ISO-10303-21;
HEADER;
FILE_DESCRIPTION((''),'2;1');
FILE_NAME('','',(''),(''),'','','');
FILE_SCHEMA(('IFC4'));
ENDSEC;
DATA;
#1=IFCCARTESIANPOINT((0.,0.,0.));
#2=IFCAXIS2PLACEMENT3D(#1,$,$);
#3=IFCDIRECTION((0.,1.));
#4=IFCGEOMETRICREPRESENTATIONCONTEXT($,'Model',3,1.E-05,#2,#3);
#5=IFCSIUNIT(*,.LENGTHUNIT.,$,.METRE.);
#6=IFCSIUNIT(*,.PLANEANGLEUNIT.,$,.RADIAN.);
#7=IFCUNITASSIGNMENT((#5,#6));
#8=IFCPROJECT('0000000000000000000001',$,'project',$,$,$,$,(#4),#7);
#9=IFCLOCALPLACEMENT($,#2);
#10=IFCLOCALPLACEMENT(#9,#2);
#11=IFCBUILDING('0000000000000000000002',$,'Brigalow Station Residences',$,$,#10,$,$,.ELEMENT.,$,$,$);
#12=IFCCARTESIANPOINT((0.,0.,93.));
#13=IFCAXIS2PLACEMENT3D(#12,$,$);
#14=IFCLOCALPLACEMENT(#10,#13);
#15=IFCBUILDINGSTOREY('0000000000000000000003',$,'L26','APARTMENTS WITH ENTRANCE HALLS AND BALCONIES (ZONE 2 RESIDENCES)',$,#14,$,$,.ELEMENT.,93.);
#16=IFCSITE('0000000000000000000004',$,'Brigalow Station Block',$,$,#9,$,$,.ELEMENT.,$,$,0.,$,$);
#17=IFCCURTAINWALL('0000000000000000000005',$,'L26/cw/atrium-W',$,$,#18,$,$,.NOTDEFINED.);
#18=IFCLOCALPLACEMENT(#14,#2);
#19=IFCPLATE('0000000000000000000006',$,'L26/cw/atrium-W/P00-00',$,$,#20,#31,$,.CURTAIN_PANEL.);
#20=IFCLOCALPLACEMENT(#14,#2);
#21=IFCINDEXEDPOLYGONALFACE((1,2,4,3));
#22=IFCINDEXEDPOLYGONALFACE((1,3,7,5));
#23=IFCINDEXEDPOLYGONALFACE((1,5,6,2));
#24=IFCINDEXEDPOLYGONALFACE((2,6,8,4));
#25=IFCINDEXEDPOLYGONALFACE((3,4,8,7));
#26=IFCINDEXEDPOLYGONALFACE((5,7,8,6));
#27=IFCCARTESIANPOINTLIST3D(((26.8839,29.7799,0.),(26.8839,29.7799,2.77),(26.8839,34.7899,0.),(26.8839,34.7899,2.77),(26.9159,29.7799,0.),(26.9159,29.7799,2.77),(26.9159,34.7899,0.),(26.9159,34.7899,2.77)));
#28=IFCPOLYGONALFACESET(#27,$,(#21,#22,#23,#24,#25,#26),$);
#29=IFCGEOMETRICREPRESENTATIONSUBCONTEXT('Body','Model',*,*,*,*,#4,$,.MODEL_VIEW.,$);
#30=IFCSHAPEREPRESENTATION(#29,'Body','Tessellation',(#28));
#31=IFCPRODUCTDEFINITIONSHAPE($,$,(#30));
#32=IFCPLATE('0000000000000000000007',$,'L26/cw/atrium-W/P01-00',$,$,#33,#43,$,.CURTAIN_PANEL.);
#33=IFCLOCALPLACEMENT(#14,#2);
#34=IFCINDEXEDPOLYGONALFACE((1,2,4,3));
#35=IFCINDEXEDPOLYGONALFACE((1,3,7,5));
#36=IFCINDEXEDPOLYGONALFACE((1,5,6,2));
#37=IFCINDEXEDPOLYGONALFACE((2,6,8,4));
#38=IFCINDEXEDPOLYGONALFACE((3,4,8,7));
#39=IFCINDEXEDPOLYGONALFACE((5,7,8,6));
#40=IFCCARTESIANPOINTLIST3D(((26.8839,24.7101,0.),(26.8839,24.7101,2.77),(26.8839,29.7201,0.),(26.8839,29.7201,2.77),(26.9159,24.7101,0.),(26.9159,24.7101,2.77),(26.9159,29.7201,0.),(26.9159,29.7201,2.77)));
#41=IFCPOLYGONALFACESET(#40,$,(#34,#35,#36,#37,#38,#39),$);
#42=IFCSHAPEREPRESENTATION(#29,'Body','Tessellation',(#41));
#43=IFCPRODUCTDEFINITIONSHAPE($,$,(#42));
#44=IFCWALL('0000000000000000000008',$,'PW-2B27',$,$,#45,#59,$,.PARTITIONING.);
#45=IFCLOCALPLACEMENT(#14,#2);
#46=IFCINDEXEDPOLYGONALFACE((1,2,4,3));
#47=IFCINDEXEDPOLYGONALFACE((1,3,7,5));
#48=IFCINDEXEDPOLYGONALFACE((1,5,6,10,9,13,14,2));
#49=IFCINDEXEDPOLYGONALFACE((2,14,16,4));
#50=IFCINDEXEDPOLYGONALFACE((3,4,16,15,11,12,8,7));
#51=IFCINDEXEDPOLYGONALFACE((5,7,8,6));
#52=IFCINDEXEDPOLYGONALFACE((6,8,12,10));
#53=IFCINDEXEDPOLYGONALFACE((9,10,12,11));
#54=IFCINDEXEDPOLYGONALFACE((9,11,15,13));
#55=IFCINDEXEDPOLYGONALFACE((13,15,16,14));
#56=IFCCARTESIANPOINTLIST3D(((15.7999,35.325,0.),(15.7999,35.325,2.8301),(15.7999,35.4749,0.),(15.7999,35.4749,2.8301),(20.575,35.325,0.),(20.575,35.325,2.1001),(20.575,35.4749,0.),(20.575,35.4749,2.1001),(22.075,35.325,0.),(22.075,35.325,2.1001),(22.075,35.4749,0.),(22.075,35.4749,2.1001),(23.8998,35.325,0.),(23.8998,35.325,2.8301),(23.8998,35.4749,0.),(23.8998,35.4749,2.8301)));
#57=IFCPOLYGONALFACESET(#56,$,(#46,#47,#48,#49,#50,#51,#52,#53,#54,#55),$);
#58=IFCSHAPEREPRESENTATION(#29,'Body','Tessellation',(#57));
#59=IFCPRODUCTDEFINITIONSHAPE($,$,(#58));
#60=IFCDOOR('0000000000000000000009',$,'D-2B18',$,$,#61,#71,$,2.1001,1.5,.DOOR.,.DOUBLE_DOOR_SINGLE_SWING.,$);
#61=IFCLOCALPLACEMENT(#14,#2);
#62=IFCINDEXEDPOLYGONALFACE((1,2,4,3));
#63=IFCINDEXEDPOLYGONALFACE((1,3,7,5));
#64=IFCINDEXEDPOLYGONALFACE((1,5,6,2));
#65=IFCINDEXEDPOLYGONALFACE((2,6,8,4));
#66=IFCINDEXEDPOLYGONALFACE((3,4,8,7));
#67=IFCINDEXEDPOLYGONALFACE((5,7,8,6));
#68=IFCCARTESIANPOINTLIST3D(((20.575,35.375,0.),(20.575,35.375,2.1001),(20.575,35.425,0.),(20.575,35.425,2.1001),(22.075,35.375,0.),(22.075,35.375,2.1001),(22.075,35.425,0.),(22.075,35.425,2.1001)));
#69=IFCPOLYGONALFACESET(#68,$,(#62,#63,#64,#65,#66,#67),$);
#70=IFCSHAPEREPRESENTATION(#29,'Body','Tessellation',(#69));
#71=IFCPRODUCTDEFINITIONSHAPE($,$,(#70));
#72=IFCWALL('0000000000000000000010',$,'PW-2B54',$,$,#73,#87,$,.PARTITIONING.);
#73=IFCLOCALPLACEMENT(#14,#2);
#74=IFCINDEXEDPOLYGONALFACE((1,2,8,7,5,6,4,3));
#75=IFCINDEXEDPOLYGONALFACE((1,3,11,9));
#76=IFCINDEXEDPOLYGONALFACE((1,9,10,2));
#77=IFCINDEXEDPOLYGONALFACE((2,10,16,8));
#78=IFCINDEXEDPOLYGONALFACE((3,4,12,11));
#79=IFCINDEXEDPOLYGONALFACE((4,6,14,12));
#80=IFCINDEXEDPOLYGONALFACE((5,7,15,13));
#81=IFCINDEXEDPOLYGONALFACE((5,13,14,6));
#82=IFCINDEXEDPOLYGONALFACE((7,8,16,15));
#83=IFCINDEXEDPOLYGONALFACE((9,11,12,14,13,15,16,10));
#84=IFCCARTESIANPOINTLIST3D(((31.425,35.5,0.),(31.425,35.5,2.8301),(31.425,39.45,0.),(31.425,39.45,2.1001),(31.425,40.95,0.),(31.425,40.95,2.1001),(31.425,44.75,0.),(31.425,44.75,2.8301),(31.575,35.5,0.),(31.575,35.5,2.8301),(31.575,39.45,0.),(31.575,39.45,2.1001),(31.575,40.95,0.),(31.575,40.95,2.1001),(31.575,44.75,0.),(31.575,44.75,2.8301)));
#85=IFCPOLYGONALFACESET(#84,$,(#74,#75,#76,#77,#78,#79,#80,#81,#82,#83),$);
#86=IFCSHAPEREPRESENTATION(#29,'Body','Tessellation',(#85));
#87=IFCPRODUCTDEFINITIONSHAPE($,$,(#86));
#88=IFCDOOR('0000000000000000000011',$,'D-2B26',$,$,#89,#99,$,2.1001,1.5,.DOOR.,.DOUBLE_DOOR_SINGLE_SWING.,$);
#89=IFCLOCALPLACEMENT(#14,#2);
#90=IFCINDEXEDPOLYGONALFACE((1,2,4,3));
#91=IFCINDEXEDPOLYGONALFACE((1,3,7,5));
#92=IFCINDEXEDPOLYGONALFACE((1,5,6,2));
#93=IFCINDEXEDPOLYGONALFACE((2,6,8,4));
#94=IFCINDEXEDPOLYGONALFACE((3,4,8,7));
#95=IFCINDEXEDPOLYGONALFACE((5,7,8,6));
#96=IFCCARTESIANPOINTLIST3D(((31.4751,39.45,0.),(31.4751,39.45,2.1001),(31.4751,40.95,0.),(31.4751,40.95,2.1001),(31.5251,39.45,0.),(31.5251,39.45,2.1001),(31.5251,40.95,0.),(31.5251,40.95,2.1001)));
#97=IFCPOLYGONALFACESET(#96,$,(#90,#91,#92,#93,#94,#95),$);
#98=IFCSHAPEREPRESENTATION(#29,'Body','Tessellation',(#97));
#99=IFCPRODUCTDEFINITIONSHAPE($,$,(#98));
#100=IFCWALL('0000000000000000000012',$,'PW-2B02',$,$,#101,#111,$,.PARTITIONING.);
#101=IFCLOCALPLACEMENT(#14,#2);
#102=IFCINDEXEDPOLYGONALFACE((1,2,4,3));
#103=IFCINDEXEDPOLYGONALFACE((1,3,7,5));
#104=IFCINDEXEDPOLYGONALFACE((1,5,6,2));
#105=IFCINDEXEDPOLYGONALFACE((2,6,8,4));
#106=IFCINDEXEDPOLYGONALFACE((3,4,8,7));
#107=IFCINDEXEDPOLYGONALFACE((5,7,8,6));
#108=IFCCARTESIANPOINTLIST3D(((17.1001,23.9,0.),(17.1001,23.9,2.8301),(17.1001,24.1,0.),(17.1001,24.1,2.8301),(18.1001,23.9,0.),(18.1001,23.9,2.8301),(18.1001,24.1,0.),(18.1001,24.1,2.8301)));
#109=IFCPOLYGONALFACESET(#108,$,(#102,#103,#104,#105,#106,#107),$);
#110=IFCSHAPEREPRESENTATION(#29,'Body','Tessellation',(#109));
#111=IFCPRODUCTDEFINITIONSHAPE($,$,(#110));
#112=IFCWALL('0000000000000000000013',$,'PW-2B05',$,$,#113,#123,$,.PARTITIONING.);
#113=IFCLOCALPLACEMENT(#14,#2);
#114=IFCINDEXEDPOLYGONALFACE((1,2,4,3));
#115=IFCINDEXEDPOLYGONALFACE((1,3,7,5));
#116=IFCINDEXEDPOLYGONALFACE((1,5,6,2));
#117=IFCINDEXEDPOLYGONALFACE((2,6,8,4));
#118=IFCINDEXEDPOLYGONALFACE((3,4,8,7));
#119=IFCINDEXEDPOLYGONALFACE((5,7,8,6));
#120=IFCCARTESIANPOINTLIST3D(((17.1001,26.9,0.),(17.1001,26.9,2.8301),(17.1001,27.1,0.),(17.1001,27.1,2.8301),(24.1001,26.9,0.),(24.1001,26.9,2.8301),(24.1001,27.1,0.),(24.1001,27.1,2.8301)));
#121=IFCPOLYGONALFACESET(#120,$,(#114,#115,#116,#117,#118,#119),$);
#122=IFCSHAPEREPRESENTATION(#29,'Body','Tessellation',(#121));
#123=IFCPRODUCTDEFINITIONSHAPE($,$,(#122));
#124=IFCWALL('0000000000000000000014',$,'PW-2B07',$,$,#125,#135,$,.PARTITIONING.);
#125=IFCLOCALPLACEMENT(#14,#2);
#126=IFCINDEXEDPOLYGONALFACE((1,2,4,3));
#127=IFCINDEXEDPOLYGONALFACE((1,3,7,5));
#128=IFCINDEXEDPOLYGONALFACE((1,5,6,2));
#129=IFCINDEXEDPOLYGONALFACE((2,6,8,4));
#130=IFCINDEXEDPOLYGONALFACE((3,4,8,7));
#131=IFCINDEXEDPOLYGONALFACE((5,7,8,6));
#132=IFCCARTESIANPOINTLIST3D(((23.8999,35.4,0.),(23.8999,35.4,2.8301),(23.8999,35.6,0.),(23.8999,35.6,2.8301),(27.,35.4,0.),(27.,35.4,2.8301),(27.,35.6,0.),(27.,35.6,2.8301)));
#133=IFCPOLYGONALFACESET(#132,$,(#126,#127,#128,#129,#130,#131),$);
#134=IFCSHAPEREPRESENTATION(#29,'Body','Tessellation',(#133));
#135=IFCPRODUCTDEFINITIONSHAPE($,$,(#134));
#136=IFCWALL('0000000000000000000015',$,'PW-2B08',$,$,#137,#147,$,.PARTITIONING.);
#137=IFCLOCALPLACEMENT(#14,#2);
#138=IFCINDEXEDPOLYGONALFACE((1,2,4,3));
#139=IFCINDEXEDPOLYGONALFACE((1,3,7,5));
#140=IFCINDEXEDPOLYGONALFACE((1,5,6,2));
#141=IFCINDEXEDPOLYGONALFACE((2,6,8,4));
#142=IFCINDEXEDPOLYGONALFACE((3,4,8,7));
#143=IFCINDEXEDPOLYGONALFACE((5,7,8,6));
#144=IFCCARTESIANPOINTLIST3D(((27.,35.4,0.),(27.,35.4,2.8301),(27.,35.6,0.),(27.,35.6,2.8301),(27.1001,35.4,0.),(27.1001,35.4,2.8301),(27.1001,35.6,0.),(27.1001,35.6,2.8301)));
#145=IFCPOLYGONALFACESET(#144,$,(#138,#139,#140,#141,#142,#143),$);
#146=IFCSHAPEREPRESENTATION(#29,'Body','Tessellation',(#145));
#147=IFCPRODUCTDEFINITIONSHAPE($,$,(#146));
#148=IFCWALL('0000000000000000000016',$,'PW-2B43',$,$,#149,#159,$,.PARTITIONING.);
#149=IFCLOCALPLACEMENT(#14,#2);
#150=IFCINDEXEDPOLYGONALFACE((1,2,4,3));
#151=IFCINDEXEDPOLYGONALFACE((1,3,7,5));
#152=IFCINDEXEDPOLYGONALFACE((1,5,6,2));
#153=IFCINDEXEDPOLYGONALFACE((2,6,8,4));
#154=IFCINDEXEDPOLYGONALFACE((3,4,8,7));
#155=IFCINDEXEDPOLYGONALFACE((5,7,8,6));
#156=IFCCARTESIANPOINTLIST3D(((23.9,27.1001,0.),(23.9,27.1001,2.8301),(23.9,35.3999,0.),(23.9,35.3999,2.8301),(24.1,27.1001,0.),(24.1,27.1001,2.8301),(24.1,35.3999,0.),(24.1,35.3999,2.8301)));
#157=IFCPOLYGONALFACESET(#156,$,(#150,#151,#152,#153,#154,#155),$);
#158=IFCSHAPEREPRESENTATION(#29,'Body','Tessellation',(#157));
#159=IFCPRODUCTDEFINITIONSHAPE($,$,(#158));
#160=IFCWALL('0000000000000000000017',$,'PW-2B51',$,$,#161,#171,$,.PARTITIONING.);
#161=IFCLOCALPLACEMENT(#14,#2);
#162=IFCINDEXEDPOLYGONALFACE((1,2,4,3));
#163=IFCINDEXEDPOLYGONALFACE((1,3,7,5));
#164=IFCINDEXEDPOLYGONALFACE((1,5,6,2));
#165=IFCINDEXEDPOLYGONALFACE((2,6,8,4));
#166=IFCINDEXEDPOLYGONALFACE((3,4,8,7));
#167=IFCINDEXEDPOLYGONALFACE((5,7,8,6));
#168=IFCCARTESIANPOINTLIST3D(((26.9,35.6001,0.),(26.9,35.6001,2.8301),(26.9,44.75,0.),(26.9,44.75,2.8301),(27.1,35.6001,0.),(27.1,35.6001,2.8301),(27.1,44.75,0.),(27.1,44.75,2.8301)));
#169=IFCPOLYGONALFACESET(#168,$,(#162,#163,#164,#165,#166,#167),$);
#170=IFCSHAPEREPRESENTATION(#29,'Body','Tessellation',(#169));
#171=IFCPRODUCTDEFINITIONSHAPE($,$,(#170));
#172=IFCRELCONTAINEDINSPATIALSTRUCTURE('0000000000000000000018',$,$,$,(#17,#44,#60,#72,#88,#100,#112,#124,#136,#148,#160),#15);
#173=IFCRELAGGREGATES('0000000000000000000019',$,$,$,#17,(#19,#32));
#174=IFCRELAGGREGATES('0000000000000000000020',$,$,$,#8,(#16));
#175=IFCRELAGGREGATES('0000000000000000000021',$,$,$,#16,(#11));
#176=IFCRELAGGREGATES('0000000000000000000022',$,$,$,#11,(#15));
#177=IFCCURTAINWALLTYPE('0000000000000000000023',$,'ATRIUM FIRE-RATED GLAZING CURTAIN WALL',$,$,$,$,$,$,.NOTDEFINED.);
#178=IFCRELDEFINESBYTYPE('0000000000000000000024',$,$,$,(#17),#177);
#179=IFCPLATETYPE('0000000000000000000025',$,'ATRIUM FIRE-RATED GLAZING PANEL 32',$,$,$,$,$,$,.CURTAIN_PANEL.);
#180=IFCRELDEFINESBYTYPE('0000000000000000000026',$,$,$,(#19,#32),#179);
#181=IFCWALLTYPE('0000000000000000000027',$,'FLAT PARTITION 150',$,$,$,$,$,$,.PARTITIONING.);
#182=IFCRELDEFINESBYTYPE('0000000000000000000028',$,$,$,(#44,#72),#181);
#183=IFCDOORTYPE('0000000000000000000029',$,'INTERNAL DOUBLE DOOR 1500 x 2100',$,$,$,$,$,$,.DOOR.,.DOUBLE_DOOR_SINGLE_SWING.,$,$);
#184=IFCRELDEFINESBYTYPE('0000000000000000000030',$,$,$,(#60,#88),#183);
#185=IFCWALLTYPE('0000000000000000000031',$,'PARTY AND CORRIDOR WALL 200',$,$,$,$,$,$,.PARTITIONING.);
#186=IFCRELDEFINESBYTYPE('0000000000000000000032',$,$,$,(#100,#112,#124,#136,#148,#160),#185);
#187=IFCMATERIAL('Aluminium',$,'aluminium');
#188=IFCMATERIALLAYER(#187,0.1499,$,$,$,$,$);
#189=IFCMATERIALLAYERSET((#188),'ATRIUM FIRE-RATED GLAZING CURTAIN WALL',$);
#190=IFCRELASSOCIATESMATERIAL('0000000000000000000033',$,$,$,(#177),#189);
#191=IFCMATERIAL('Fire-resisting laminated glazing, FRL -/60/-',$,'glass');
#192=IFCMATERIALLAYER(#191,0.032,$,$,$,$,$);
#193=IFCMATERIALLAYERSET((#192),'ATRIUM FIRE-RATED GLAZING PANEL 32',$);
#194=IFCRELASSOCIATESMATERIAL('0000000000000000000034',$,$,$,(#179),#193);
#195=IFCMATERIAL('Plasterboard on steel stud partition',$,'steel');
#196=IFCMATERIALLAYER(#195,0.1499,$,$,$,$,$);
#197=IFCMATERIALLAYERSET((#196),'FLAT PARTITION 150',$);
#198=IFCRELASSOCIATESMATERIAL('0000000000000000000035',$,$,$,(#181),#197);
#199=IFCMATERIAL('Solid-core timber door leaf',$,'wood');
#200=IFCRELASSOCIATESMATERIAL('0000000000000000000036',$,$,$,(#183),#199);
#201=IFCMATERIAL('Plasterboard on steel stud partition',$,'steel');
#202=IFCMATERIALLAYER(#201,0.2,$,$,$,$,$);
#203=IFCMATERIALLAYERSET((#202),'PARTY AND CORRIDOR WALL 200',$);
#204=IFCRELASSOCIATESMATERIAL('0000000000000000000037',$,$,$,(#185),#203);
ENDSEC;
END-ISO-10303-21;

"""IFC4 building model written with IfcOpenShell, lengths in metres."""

from ifc_helpers import new_model, si_unit, direction, frame, frame_2d, origin, origin_2d, place, context, subcontext, project, spatial, rectangle, extrude, material, layer, layer_set, type_object, element, fill, aggregate, save


model = new_model("IFC4")

# Units and contexts
model_context = context("Model", 3, precision=1e-05, world=origin(), true_north=direction((0.0, 1.0)))
body_context = subcontext(model_context, "Body", "Model", "MODEL_VIEW")
ifc_project = project(units=[si_unit("LENGTHUNIT", "METRE"), si_unit("PLANEANGLEUNIT", "RADIAN")], contexts=[model_context])

# Site, building, storey
site_placement = place(None, origin())
site = spatial("IfcSite", under=ifc_project, at=site_placement, Name="Brigalow Station Block", CompositionType="ELEMENT", RefElevation=0.0)
building_placement = place(site_placement, origin())
building = spatial("IfcBuilding", under=site, at=building_placement, Name="Brigalow Station Residences", CompositionType="ELEMENT")
storey_placement = place(building_placement, frame((0.0, 0.0, 93.0)))
storey = spatial("IfcBuildingStorey", under=building, at=storey_placement, Name="L26", Description="APARTMENTS WITH ENTRANCE HALLS AND BALCONIES (ZONE 2 RESIDENCES)", CompositionType="ELEMENT", Elevation=93.0)

# Shared definitions
ifc_material_1 = material(Name="Aluminium", Category="aluminium")
ifc_layer_1 = layer(ifc_material_1, 0.1499)
ifc_layer_set_1 = layer_set([ifc_layer_1], Name="ATRIUM FIRE-RATED GLAZING CURTAIN WALL")
curtain_wall_type = type_object("IfcCurtainWallType", Name="ATRIUM FIRE-RATED GLAZING CURTAIN WALL", PredefinedType="NOTDEFINED", material=ifc_layer_set_1)

# Curtain wall
curtain_wall_1_placement = place(storey_placement, origin())
curtain_wall_1 = element("IfcCurtainWall", 1, at=curtain_wall_1_placement, inside=storey, type_object=curtain_wall_type, Name="L26/cw/atrium-W", PredefinedType="NOTDEFINED")

# Plates
ifc_material_2 = material(Name="Fire-resisting laminated glazing, FRL -/60/-", Category="glass")
ifc_layer_2 = layer(ifc_material_2, 0.032)
ifc_layer_set_2 = layer_set([ifc_layer_2], Name="ATRIUM FIRE-RATED GLAZING PANEL 32")
plate_type = type_object("IfcPlateType", Name="ATRIUM FIRE-RATED GLAZING PANEL 32", PredefinedType="CURTAIN_PANEL", material=ifc_layer_set_2)
plate_1_placement = place(storey_placement, frame((26.8999, 32.2849, 0.0), z_axis=(0.0, 0.0, 1.0), x_axis=(0.0, -1.0, 0.0)))
plate_1 = element("IfcPlate", 2, at=plate_1_placement, type_object=plate_type, Name="L26/cw/atrium-W/P00-00", PredefinedType="CURTAIN_PANEL", context=body_context, shape_type="SweptSolid", body=[
    extrude(rectangle(XDim=5.01, YDim=0.032, at=origin_2d()), origin(), (0.0, 0.0, 1.0), 2.77),
])
plate_2_placement = place(storey_placement, frame((26.8999, 27.2151, 0.0), z_axis=(0.0, 0.0, 1.0), x_axis=(0.0, -1.0, 0.0)))
plate_2 = element("IfcPlate", 3, at=plate_2_placement, type_object=plate_type, Name="L26/cw/atrium-W/P01-00", PredefinedType="CURTAIN_PANEL", context=body_context, shape_type="SweptSolid", body=[
    extrude(rectangle(XDim=5.01, YDim=0.032, at=origin_2d()), origin(), (0.0, 0.0, 1.0), 2.77),
])
aggregate(curtain_wall_1, [plate_1, plate_2])

# Walls, openings, doors
ifc_material_3 = material(Name="Plasterboard on steel stud partition", Category="steel")
ifc_layer_3 = layer(ifc_material_3, 0.1499)
ifc_layer_set_3 = layer_set([ifc_layer_3], Name="FLAT PARTITION 150")
wall_type_1 = type_object("IfcWallType", Name="FLAT PARTITION 150", PredefinedType="PARTITIONING", material=ifc_layer_set_3)
wall_1_placement = place(storey_placement, frame((15.8, 35.3999, 0.0), z_axis=(0.0, 0.0, 1.0), x_axis=(1.0, 0.0, 0.0)))
wall_1 = element("IfcWall", 4, at=wall_1_placement, inside=storey, type_object=wall_type_1, Name="PW-2B27", PredefinedType="PARTITIONING", context=body_context, shape_type="SweptSolid", body=[
    extrude(rectangle(XDim=8.0999, YDim=0.1499, at=frame_2d((4.0498, 0.0))), origin(), (0.0, 0.0, 1.0), 2.8301),
])
opening_1_placement = place(wall_1_placement, frame((4.7749, 0.0, 0.0)))
opening_1 = element("IfcOpeningElement", 5, at=opening_1_placement, cuts=wall_1, PredefinedType="OPENING", context=body_context, shape_type="SweptSolid", body=[
    extrude(rectangle(XDim=1.5, YDim=2.1001, at=frame_2d((0.75, 1.05))), frame((0.0, 0.085, 0.0), z_axis=(0.0, -1.0, 0.0), x_axis=(1.0, 0.0, 0.0)), (0.0, 0.0, 1.0), 0.1699),
])
ifc_material_4 = material(Name="Solid-core timber door leaf", Category="wood")
door_type = type_object("IfcDoorType", Name="INTERNAL DOUBLE DOOR 1500 x 2100", OperationType="DOUBLE_DOOR_SINGLE_SWING", PredefinedType="DOOR", material=ifc_material_4)
door_1_placement = place(opening_1_placement, frame((1.5, 0.0, 0.0), z_axis=(0.0, 0.0, 1.0), x_axis=(-1.0, 0.0, 0.0)))
door_1 = element("IfcDoor", 6, at=door_1_placement, inside=storey, type_object=door_type, Name="D-2B18", OperationType="DOUBLE_DOOR_SINGLE_SWING", OverallHeight=2.1001, OverallWidth=1.5, PredefinedType="DOOR", context=body_context, shape_type="SweptSolid", body=[
    extrude(rectangle(XDim=1.5, YDim=2.1001, at=frame_2d((0.75, 1.05))), frame((0.0, 0.0249, 0.0), z_axis=(0.0, -1.0, 0.0), x_axis=(1.0, 0.0, 0.0)), (0.0, 0.0, 1.0), 0.05),
])
fill(opening_1, door_1)
wall_2_placement = place(storey_placement, frame((31.5, 35.5, 0.0), z_axis=(0.0, 0.0, 1.0), x_axis=(0.0, 1.0, 0.0)))
wall_2 = element("IfcWall", 7, at=wall_2_placement, inside=storey, type_object=wall_type_1, Name="PW-2B54", PredefinedType="PARTITIONING", context=body_context, shape_type="SweptSolid", body=[
    extrude(rectangle(XDim=9.25, YDim=0.1499, at=frame_2d((4.625, 0.0))), origin(), (0.0, 0.0, 1.0), 2.8301),
])
opening_2_placement = place(wall_2_placement, frame((3.95, 0.0, 0.0)))
opening_2 = element("IfcOpeningElement", 8, at=opening_2_placement, cuts=wall_2, PredefinedType="OPENING", context=body_context, shape_type="SweptSolid", body=[
    extrude(rectangle(XDim=1.5, YDim=2.1001, at=frame_2d((0.75, 1.05))), frame((0.0, 0.085, 0.0), z_axis=(0.0, -1.0, 0.0), x_axis=(1.0, 0.0, 0.0)), (0.0, 0.0, 1.0), 0.1699),
])
door_2_placement = place(opening_2_placement, origin())
door_2 = element("IfcDoor", 9, at=door_2_placement, inside=storey, type_object=door_type, Name="D-2B26", OperationType="DOUBLE_DOOR_SINGLE_SWING", OverallHeight=2.1001, OverallWidth=1.5, PredefinedType="DOOR", context=body_context, shape_type="SweptSolid", body=[
    extrude(rectangle(XDim=1.5, YDim=2.1001, at=frame_2d((0.75, 1.05))), frame((0.0, 0.0249, 0.0), z_axis=(0.0, -1.0, 0.0), x_axis=(1.0, 0.0, 0.0)), (0.0, 0.0, 1.0), 0.05),
])
fill(opening_2, door_2)

# Walls
ifc_material_5 = material(Name="Plasterboard on steel stud partition", Category="steel")
ifc_layer_4 = layer(ifc_material_5, 0.2)
ifc_layer_set_4 = layer_set([ifc_layer_4], Name="PARTY AND CORRIDOR WALL 200")
wall_type_2 = type_object("IfcWallType", Name="PARTY AND CORRIDOR WALL 200", PredefinedType="PARTITIONING", material=ifc_layer_set_4)
wall_3_placement = place(storey_placement, frame((17.1001, 24.0, 0.0), z_axis=(0.0, 0.0, 1.0), x_axis=(1.0, 0.0, 0.0)))
element("IfcWall", 10, at=wall_3_placement, inside=storey, type_object=wall_type_2, Name="PW-2B02", PredefinedType="PARTITIONING", context=body_context, shape_type="SweptSolid", body=[
    extrude(rectangle(XDim=1.0, YDim=0.2, at=frame_2d((0.5, 0.0))), origin(), (0.0, 0.0, 1.0), 2.8301),
])
wall_4_placement = place(storey_placement, frame((17.1001, 27.0, 0.0), z_axis=(0.0, 0.0, 1.0), x_axis=(1.0, 0.0, 0.0)))
element("IfcWall", 11, at=wall_4_placement, inside=storey, type_object=wall_type_2, Name="PW-2B05", PredefinedType="PARTITIONING", context=body_context, shape_type="SweptSolid", body=[
    extrude(rectangle(XDim=7.0, YDim=0.2, at=frame_2d((3.5, 0.0))), origin(), (0.0, 0.0, 1.0), 2.8301),
])
wall_5_placement = place(storey_placement, frame((23.8999, 35.5, 0.0), z_axis=(0.0, 0.0, 1.0), x_axis=(1.0, 0.0, 0.0)))
element("IfcWall", 12, at=wall_5_placement, inside=storey, type_object=wall_type_2, Name="PW-2B07", PredefinedType="PARTITIONING", context=body_context, shape_type="SweptSolid", body=[
    extrude(rectangle(XDim=3.1001, YDim=0.2, at=frame_2d((1.55, 0.0))), origin(), (0.0, 0.0, 1.0), 2.8301),
])
wall_6_placement = place(storey_placement, frame((27.0, 35.5, 0.0), z_axis=(0.0, 0.0, 1.0), x_axis=(1.0, 0.0, 0.0)))
element("IfcWall", 13, at=wall_6_placement, inside=storey, type_object=wall_type_2, Name="PW-2B08", PredefinedType="PARTITIONING", context=body_context, shape_type="SweptSolid", body=[
    extrude(rectangle(XDim=0.1001, YDim=0.2, at=frame_2d((0.05, 0.0))), origin(), (0.0, 0.0, 1.0), 2.8301),
])
wall_7_placement = place(storey_placement, frame((24.0, 27.1001, 0.0), z_axis=(0.0, 0.0, 1.0), x_axis=(0.0, 1.0, 0.0)))
element("IfcWall", 14, at=wall_7_placement, inside=storey, type_object=wall_type_2, Name="PW-2B43", PredefinedType="PARTITIONING", context=body_context, shape_type="SweptSolid", body=[
    extrude(rectangle(XDim=8.2998, YDim=0.2, at=frame_2d((4.1499, 0.0))), origin(), (0.0, 0.0, 1.0), 2.8301),
])
wall_8_placement = place(storey_placement, frame((27.0, 35.6001, 0.0), z_axis=(0.0, 0.0, 1.0), x_axis=(0.0, 1.0, 0.0)))
element("IfcWall", 15, at=wall_8_placement, inside=storey, type_object=wall_type_2, Name="PW-2B51", PredefinedType="PARTITIONING", context=body_context, shape_type="SweptSolid", body=[
    extrude(rectangle(XDim=9.1499, YDim=0.2, at=frame_2d((4.575, 0.0))), origin(), (0.0, 0.0, 1.0), 2.8301),
])

save(model, "model.ifc")
